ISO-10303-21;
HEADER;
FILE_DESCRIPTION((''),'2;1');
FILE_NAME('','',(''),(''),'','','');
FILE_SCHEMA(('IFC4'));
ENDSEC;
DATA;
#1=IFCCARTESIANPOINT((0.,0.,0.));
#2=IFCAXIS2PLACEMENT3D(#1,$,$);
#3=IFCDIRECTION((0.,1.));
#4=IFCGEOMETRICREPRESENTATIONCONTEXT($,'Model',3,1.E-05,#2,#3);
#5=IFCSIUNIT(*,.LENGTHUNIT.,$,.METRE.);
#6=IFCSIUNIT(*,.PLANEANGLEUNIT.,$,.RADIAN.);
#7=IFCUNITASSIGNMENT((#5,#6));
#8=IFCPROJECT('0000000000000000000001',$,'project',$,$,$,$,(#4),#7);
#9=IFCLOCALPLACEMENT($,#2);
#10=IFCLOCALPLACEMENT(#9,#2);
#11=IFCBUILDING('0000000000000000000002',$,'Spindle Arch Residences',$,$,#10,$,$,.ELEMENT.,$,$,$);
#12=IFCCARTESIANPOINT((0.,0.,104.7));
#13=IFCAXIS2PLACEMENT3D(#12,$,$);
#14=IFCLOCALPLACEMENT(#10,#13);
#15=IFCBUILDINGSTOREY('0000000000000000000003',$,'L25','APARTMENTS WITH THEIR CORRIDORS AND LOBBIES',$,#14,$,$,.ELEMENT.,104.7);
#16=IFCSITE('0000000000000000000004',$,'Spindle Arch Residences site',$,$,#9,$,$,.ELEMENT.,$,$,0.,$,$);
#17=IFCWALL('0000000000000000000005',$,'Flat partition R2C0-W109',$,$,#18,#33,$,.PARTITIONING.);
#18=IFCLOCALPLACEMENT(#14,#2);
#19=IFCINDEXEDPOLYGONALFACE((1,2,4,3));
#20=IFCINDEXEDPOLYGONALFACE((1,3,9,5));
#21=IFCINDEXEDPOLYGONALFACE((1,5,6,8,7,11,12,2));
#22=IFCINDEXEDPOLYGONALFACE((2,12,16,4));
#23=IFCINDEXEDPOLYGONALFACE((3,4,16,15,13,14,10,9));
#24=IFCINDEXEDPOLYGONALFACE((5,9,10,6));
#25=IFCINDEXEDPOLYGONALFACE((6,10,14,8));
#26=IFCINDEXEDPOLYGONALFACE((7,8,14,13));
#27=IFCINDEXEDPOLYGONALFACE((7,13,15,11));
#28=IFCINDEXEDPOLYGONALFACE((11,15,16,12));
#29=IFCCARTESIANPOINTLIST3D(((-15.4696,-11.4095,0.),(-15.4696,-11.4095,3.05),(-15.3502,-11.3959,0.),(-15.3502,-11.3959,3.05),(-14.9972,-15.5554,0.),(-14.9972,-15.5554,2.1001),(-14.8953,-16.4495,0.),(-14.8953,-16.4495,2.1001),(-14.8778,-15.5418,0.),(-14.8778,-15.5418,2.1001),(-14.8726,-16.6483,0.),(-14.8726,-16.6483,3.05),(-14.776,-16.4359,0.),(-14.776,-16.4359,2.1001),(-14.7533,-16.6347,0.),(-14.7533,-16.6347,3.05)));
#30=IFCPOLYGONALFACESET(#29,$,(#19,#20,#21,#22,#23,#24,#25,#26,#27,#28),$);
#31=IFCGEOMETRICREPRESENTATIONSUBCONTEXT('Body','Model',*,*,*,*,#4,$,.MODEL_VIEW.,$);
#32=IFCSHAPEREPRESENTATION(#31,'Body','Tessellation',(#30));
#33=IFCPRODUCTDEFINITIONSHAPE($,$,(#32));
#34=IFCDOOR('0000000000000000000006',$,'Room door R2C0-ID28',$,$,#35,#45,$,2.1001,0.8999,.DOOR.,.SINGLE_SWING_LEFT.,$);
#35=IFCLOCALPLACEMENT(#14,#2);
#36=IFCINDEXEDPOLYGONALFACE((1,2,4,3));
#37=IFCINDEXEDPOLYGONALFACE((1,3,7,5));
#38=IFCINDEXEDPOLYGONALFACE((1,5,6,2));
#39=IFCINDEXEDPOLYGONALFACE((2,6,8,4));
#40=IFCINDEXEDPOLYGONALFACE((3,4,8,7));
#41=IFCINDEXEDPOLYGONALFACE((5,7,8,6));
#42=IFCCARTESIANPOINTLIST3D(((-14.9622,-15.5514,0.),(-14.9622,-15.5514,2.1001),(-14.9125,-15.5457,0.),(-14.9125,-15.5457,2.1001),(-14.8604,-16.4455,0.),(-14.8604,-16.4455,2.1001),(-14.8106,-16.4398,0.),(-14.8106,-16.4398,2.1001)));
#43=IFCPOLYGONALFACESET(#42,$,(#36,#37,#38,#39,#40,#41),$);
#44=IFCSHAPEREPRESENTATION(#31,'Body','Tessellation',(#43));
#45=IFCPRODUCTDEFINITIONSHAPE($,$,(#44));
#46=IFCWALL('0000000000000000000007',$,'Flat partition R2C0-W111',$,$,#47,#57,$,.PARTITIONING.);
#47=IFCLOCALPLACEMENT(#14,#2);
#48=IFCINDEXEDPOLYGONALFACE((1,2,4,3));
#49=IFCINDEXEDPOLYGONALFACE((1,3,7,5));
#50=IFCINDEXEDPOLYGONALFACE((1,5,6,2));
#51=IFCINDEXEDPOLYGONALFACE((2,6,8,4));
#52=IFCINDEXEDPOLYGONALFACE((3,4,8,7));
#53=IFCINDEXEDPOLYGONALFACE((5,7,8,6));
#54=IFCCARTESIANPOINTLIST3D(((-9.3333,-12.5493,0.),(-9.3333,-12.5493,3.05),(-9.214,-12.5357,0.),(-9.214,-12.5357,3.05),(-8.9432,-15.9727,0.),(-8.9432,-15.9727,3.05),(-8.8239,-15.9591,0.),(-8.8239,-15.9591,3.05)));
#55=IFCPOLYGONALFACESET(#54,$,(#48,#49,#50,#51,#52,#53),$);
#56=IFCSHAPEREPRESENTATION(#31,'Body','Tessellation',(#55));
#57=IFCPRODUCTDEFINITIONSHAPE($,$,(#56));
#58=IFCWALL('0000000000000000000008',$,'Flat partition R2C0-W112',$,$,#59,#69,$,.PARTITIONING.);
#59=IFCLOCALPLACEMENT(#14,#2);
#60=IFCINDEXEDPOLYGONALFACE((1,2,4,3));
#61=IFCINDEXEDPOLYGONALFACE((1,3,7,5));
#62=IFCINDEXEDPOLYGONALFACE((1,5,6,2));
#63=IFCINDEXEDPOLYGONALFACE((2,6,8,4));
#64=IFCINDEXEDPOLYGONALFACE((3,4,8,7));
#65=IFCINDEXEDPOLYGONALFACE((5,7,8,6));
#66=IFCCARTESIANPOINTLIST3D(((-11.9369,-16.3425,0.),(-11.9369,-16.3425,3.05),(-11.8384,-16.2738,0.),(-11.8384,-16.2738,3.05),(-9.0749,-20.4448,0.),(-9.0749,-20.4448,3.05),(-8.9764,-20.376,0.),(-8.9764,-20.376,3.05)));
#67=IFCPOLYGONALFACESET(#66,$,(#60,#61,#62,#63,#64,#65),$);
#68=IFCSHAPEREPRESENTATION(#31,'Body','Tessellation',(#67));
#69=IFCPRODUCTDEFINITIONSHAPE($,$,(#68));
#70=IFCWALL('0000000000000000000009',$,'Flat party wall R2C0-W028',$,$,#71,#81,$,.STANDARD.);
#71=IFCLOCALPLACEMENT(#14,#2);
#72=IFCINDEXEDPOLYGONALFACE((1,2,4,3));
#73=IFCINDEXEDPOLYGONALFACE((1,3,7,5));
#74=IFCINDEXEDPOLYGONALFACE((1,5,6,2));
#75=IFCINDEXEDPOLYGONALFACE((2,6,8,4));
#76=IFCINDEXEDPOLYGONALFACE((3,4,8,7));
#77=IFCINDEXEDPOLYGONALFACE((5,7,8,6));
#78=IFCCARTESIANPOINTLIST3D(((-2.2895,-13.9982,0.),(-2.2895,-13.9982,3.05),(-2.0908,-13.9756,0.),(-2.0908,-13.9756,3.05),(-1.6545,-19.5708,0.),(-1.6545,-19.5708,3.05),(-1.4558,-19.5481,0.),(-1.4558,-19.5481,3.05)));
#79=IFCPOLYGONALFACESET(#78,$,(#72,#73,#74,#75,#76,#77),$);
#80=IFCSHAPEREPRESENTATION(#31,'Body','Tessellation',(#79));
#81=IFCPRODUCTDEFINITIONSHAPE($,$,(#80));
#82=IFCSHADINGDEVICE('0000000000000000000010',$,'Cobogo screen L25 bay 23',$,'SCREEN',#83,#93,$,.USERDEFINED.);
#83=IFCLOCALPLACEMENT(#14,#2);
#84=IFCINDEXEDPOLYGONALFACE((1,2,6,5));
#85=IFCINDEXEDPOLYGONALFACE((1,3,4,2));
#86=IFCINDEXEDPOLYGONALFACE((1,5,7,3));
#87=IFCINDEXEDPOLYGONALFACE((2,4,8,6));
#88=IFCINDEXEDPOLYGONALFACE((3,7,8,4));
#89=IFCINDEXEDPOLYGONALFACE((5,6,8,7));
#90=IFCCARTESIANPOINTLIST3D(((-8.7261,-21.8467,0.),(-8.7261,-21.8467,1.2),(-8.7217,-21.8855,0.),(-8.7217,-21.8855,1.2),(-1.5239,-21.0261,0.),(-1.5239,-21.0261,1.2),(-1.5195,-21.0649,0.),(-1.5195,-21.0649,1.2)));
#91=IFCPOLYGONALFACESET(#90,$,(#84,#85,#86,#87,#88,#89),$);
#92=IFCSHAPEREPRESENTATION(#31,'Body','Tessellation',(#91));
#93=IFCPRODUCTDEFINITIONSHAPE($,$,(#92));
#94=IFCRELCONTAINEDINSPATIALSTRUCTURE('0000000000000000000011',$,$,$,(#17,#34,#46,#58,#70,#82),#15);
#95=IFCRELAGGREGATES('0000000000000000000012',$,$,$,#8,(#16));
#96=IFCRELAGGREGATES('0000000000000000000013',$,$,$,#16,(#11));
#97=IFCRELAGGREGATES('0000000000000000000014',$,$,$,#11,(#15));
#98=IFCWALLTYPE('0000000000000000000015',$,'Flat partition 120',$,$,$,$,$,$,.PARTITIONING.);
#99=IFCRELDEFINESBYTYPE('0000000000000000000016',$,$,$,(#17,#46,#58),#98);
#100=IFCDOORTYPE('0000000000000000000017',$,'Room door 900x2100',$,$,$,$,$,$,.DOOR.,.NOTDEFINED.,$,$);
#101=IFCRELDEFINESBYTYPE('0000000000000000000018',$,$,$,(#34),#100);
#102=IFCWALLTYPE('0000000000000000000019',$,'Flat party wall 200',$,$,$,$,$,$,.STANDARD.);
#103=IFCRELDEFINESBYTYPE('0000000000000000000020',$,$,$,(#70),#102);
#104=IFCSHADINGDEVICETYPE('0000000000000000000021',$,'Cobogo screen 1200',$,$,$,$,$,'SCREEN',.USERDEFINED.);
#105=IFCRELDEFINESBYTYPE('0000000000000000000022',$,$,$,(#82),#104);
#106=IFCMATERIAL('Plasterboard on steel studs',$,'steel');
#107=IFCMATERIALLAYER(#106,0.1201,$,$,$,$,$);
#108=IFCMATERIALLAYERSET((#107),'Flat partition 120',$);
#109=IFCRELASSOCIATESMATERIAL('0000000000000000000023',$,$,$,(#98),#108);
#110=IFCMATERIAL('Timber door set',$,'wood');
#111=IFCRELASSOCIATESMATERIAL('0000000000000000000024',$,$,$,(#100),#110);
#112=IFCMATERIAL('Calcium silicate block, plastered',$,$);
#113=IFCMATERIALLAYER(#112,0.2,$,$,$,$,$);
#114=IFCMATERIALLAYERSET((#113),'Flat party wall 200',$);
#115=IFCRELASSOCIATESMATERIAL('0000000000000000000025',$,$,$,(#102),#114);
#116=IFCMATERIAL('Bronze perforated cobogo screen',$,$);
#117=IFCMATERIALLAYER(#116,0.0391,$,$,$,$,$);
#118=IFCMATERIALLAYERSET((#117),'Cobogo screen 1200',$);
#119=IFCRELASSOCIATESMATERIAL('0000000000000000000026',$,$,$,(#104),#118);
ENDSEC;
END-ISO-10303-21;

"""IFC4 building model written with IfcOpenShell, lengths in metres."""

from ifc_helpers import new_model, si_unit, direction, frame, frame_2d, origin, origin_2d, place, context, subcontext, project, spatial, rectangle, extrude, material, layer, layer_set, type_object, element, fill, save


model = new_model("IFC4")

# Units and contexts
model_context = context("Model", 3, precision=1e-05, world=origin(), true_north=direction((0.0, 1.0)))
body_context = subcontext(model_context, "Body", "Model", "MODEL_VIEW")
ifc_project = project(units=[si_unit("LENGTHUNIT", "METRE"), si_unit("PLANEANGLEUNIT", "RADIAN")], contexts=[model_context])

# Site, building, storey
site_placement = place(None, origin())
site = spatial("IfcSite", under=ifc_project, at=site_placement, Name="Spindle Arch Residences site", CompositionType="ELEMENT", RefElevation=0.0)
building_placement = place(site_placement, origin())
building = spatial("IfcBuilding", under=site, at=building_placement, Name="Spindle Arch Residences", CompositionType="ELEMENT")
storey_placement = place(building_placement, frame((0.0, 0.0, 104.7)))
storey = spatial("IfcBuildingStorey", under=building, at=storey_placement, Name="L25", Description="APARTMENTS WITH THEIR CORRIDORS AND LOBBIES", CompositionType="ELEMENT", Elevation=104.7)

# Wall, opening, door
ifc_material_1 = material(Name="Plasterboard on steel studs", Category="steel")
ifc_layer_1 = layer(ifc_material_1, 0.1201)
ifc_layer_set_1 = layer_set([ifc_layer_1], Name="Flat partition 120")
wall_type_1 = type_object("IfcWallType", Name="Flat partition 120", PredefinedType="PARTITIONING", material=ifc_layer_set_1)
ifc_material_2 = material(Name="Timber door set", Category="wood")
door_type_1 = type_object("IfcDoorType", Name="Room door 900x2100", OperationType="NOTDEFINED", PredefinedType="DOOR", material=ifc_material_2)
wall_1_placement = place(storey_placement, frame((-14.813, -16.6414, 0.0), z_axis=(0.0, 0.0, 1.0), x_axis=(-0.113211, 0.993571, 0.0)))
wall_1 = element("IfcWall", 1, at=wall_1_placement, inside=storey, type_object=wall_type_1, Name="Flat partition R2C0-W109", PredefinedType="PARTITIONING", context=body_context, shape_type="SweptSolid", body=[
    extrude(rectangle(XDim=5.2727, YDim=0.1201, at=frame_2d((2.6362, 0.0))), origin(), (0.0, 0.0, 1.0), 3.05),
])
opening_1_placement = place(wall_1_placement, frame((0.2, 0.0, 0.0)))
opening_1 = element("IfcOpeningElement", 2, at=opening_1_placement, cuts=wall_1, PredefinedType="OPENING", context=body_context, shape_type="SweptSolid", body=[
    extrude(rectangle(XDim=0.8999, YDim=2.1001, at=frame_2d((0.45, 1.05))), frame((0.0, 0.0701, 0.0), z_axis=(0.0, -1.0, 0.0), x_axis=(1.0, 0.0, 0.0)), (0.0, 0.0, 1.0), 0.1401),
])
door_1_placement = place(opening_1_placement, origin())
door_1 = element("IfcDoor", 3, at=door_1_placement, inside=storey, type_object=door_type_1, Name="Room door R2C0-ID28", OperationType="SINGLE_SWING_LEFT", OverallHeight=2.1001, OverallWidth=0.8999, PredefinedType="DOOR", context=body_context, shape_type="SweptSolid", body=[
    extrude(rectangle(XDim=0.8999, YDim=2.1001, at=frame_2d((0.45, 1.05))), frame((0.0, 0.0249, 0.0), z_axis=(0.0, -1.0, 0.0), x_axis=(1.0, 0.0, 0.0)), (0.0, 0.0, 1.0), 0.05),
])
fill(opening_1, door_1)

# Walls
wall_2_placement = place(storey_placement, frame((-8.8835, -15.9658, 0.0), z_axis=(0.0, 0.0, 1.0), x_axis=(-0.113231, 0.993569, 0.0)))
element("IfcWall", 4, at=wall_2_placement, inside=storey, type_object=wall_type_1, Name="Flat partition R2C0-W111", PredefinedType="PARTITIONING", context=body_context, shape_type="SweptSolid", body=[
    extrude(rectangle(XDim=3.4456, YDim=0.1201, at=frame_2d((1.7227, 0.0))), origin(), (0.0, 0.0, 1.0), 3.05),
])
wall_3_placement = place(storey_placement, frame((-9.0256, -20.4104, 0.0), z_axis=(0.0, 0.0, 1.0), x_axis=(-0.572181, 0.820127, 0.0)))
element("IfcWall", 5, at=wall_3_placement, inside=storey, type_object=wall_type_1, Name="Flat partition R2C0-W112", PredefinedType="PARTITIONING", context=body_context, shape_type="SweptSolid", body=[
    extrude(rectangle(XDim=5.002, YDim=0.1201, at=frame_2d((2.501, 0.0))), origin(), (0.0, 0.0, 1.0), 3.05),
])
ifc_material_3 = material(Name="Calcium silicate block, plastered")
ifc_layer_2 = layer(ifc_material_3, 0.2)
ifc_layer_set_2 = layer_set([ifc_layer_2], Name="Flat party wall 200")
wall_type_2 = type_object("IfcWallType", Name="Flat party wall 200", PredefinedType="STANDARD", material=ifc_layer_set_2)
wall_4_placement = place(storey_placement, frame((-1.5552, -19.5593, 0.0), z_axis=(0.0, 0.0, 1.0), x_axis=(-0.113221, 0.99357, 0.0)))
element("IfcWall", 6, at=wall_4_placement, inside=storey, type_object=wall_type_2, Name="Flat party wall R2C0-W028", PredefinedType="STANDARD", context=body_context, shape_type="SweptSolid", body=[
    extrude(rectangle(XDim=5.6086, YDim=0.2, at=frame_2d((2.8042, 0.0))), origin(), (0.0, 0.0, 1.0), 3.05),
])

# Shading device
ifc_material_4 = material(Name="Bronze perforated cobogo screen")
ifc_layer_3 = layer(ifc_material_4, 0.0391)
ifc_layer_set_3 = layer_set([ifc_layer_3], Name="Cobogo screen 1200")
shading_device_type = type_object("IfcShadingDeviceType", Name="Cobogo screen 1200", ElementType="SCREEN", PredefinedType="USERDEFINED", material=ifc_layer_set_3)
shading_device_placement = place(storey_placement, frame((-5.1228, -21.4558, 0.0), z_axis=(0.0, 0.0, 1.0), x_axis=(0.993572, 0.113203, 0.0)))
element("IfcShadingDevice", 7, at=shading_device_placement, inside=storey, type_object=shading_device_type, Name="Cobogo screen L25 bay 23", ObjectType="SCREEN", PredefinedType="USERDEFINED", context=body_context, shape_type="SweptSolid", body=[
    extrude(rectangle(XDim=7.2488, YDim=0.0391, at=origin_2d()), origin(), (0.0, 0.0, 1.0), 1.2),
])

save(model, "model.ifc")
